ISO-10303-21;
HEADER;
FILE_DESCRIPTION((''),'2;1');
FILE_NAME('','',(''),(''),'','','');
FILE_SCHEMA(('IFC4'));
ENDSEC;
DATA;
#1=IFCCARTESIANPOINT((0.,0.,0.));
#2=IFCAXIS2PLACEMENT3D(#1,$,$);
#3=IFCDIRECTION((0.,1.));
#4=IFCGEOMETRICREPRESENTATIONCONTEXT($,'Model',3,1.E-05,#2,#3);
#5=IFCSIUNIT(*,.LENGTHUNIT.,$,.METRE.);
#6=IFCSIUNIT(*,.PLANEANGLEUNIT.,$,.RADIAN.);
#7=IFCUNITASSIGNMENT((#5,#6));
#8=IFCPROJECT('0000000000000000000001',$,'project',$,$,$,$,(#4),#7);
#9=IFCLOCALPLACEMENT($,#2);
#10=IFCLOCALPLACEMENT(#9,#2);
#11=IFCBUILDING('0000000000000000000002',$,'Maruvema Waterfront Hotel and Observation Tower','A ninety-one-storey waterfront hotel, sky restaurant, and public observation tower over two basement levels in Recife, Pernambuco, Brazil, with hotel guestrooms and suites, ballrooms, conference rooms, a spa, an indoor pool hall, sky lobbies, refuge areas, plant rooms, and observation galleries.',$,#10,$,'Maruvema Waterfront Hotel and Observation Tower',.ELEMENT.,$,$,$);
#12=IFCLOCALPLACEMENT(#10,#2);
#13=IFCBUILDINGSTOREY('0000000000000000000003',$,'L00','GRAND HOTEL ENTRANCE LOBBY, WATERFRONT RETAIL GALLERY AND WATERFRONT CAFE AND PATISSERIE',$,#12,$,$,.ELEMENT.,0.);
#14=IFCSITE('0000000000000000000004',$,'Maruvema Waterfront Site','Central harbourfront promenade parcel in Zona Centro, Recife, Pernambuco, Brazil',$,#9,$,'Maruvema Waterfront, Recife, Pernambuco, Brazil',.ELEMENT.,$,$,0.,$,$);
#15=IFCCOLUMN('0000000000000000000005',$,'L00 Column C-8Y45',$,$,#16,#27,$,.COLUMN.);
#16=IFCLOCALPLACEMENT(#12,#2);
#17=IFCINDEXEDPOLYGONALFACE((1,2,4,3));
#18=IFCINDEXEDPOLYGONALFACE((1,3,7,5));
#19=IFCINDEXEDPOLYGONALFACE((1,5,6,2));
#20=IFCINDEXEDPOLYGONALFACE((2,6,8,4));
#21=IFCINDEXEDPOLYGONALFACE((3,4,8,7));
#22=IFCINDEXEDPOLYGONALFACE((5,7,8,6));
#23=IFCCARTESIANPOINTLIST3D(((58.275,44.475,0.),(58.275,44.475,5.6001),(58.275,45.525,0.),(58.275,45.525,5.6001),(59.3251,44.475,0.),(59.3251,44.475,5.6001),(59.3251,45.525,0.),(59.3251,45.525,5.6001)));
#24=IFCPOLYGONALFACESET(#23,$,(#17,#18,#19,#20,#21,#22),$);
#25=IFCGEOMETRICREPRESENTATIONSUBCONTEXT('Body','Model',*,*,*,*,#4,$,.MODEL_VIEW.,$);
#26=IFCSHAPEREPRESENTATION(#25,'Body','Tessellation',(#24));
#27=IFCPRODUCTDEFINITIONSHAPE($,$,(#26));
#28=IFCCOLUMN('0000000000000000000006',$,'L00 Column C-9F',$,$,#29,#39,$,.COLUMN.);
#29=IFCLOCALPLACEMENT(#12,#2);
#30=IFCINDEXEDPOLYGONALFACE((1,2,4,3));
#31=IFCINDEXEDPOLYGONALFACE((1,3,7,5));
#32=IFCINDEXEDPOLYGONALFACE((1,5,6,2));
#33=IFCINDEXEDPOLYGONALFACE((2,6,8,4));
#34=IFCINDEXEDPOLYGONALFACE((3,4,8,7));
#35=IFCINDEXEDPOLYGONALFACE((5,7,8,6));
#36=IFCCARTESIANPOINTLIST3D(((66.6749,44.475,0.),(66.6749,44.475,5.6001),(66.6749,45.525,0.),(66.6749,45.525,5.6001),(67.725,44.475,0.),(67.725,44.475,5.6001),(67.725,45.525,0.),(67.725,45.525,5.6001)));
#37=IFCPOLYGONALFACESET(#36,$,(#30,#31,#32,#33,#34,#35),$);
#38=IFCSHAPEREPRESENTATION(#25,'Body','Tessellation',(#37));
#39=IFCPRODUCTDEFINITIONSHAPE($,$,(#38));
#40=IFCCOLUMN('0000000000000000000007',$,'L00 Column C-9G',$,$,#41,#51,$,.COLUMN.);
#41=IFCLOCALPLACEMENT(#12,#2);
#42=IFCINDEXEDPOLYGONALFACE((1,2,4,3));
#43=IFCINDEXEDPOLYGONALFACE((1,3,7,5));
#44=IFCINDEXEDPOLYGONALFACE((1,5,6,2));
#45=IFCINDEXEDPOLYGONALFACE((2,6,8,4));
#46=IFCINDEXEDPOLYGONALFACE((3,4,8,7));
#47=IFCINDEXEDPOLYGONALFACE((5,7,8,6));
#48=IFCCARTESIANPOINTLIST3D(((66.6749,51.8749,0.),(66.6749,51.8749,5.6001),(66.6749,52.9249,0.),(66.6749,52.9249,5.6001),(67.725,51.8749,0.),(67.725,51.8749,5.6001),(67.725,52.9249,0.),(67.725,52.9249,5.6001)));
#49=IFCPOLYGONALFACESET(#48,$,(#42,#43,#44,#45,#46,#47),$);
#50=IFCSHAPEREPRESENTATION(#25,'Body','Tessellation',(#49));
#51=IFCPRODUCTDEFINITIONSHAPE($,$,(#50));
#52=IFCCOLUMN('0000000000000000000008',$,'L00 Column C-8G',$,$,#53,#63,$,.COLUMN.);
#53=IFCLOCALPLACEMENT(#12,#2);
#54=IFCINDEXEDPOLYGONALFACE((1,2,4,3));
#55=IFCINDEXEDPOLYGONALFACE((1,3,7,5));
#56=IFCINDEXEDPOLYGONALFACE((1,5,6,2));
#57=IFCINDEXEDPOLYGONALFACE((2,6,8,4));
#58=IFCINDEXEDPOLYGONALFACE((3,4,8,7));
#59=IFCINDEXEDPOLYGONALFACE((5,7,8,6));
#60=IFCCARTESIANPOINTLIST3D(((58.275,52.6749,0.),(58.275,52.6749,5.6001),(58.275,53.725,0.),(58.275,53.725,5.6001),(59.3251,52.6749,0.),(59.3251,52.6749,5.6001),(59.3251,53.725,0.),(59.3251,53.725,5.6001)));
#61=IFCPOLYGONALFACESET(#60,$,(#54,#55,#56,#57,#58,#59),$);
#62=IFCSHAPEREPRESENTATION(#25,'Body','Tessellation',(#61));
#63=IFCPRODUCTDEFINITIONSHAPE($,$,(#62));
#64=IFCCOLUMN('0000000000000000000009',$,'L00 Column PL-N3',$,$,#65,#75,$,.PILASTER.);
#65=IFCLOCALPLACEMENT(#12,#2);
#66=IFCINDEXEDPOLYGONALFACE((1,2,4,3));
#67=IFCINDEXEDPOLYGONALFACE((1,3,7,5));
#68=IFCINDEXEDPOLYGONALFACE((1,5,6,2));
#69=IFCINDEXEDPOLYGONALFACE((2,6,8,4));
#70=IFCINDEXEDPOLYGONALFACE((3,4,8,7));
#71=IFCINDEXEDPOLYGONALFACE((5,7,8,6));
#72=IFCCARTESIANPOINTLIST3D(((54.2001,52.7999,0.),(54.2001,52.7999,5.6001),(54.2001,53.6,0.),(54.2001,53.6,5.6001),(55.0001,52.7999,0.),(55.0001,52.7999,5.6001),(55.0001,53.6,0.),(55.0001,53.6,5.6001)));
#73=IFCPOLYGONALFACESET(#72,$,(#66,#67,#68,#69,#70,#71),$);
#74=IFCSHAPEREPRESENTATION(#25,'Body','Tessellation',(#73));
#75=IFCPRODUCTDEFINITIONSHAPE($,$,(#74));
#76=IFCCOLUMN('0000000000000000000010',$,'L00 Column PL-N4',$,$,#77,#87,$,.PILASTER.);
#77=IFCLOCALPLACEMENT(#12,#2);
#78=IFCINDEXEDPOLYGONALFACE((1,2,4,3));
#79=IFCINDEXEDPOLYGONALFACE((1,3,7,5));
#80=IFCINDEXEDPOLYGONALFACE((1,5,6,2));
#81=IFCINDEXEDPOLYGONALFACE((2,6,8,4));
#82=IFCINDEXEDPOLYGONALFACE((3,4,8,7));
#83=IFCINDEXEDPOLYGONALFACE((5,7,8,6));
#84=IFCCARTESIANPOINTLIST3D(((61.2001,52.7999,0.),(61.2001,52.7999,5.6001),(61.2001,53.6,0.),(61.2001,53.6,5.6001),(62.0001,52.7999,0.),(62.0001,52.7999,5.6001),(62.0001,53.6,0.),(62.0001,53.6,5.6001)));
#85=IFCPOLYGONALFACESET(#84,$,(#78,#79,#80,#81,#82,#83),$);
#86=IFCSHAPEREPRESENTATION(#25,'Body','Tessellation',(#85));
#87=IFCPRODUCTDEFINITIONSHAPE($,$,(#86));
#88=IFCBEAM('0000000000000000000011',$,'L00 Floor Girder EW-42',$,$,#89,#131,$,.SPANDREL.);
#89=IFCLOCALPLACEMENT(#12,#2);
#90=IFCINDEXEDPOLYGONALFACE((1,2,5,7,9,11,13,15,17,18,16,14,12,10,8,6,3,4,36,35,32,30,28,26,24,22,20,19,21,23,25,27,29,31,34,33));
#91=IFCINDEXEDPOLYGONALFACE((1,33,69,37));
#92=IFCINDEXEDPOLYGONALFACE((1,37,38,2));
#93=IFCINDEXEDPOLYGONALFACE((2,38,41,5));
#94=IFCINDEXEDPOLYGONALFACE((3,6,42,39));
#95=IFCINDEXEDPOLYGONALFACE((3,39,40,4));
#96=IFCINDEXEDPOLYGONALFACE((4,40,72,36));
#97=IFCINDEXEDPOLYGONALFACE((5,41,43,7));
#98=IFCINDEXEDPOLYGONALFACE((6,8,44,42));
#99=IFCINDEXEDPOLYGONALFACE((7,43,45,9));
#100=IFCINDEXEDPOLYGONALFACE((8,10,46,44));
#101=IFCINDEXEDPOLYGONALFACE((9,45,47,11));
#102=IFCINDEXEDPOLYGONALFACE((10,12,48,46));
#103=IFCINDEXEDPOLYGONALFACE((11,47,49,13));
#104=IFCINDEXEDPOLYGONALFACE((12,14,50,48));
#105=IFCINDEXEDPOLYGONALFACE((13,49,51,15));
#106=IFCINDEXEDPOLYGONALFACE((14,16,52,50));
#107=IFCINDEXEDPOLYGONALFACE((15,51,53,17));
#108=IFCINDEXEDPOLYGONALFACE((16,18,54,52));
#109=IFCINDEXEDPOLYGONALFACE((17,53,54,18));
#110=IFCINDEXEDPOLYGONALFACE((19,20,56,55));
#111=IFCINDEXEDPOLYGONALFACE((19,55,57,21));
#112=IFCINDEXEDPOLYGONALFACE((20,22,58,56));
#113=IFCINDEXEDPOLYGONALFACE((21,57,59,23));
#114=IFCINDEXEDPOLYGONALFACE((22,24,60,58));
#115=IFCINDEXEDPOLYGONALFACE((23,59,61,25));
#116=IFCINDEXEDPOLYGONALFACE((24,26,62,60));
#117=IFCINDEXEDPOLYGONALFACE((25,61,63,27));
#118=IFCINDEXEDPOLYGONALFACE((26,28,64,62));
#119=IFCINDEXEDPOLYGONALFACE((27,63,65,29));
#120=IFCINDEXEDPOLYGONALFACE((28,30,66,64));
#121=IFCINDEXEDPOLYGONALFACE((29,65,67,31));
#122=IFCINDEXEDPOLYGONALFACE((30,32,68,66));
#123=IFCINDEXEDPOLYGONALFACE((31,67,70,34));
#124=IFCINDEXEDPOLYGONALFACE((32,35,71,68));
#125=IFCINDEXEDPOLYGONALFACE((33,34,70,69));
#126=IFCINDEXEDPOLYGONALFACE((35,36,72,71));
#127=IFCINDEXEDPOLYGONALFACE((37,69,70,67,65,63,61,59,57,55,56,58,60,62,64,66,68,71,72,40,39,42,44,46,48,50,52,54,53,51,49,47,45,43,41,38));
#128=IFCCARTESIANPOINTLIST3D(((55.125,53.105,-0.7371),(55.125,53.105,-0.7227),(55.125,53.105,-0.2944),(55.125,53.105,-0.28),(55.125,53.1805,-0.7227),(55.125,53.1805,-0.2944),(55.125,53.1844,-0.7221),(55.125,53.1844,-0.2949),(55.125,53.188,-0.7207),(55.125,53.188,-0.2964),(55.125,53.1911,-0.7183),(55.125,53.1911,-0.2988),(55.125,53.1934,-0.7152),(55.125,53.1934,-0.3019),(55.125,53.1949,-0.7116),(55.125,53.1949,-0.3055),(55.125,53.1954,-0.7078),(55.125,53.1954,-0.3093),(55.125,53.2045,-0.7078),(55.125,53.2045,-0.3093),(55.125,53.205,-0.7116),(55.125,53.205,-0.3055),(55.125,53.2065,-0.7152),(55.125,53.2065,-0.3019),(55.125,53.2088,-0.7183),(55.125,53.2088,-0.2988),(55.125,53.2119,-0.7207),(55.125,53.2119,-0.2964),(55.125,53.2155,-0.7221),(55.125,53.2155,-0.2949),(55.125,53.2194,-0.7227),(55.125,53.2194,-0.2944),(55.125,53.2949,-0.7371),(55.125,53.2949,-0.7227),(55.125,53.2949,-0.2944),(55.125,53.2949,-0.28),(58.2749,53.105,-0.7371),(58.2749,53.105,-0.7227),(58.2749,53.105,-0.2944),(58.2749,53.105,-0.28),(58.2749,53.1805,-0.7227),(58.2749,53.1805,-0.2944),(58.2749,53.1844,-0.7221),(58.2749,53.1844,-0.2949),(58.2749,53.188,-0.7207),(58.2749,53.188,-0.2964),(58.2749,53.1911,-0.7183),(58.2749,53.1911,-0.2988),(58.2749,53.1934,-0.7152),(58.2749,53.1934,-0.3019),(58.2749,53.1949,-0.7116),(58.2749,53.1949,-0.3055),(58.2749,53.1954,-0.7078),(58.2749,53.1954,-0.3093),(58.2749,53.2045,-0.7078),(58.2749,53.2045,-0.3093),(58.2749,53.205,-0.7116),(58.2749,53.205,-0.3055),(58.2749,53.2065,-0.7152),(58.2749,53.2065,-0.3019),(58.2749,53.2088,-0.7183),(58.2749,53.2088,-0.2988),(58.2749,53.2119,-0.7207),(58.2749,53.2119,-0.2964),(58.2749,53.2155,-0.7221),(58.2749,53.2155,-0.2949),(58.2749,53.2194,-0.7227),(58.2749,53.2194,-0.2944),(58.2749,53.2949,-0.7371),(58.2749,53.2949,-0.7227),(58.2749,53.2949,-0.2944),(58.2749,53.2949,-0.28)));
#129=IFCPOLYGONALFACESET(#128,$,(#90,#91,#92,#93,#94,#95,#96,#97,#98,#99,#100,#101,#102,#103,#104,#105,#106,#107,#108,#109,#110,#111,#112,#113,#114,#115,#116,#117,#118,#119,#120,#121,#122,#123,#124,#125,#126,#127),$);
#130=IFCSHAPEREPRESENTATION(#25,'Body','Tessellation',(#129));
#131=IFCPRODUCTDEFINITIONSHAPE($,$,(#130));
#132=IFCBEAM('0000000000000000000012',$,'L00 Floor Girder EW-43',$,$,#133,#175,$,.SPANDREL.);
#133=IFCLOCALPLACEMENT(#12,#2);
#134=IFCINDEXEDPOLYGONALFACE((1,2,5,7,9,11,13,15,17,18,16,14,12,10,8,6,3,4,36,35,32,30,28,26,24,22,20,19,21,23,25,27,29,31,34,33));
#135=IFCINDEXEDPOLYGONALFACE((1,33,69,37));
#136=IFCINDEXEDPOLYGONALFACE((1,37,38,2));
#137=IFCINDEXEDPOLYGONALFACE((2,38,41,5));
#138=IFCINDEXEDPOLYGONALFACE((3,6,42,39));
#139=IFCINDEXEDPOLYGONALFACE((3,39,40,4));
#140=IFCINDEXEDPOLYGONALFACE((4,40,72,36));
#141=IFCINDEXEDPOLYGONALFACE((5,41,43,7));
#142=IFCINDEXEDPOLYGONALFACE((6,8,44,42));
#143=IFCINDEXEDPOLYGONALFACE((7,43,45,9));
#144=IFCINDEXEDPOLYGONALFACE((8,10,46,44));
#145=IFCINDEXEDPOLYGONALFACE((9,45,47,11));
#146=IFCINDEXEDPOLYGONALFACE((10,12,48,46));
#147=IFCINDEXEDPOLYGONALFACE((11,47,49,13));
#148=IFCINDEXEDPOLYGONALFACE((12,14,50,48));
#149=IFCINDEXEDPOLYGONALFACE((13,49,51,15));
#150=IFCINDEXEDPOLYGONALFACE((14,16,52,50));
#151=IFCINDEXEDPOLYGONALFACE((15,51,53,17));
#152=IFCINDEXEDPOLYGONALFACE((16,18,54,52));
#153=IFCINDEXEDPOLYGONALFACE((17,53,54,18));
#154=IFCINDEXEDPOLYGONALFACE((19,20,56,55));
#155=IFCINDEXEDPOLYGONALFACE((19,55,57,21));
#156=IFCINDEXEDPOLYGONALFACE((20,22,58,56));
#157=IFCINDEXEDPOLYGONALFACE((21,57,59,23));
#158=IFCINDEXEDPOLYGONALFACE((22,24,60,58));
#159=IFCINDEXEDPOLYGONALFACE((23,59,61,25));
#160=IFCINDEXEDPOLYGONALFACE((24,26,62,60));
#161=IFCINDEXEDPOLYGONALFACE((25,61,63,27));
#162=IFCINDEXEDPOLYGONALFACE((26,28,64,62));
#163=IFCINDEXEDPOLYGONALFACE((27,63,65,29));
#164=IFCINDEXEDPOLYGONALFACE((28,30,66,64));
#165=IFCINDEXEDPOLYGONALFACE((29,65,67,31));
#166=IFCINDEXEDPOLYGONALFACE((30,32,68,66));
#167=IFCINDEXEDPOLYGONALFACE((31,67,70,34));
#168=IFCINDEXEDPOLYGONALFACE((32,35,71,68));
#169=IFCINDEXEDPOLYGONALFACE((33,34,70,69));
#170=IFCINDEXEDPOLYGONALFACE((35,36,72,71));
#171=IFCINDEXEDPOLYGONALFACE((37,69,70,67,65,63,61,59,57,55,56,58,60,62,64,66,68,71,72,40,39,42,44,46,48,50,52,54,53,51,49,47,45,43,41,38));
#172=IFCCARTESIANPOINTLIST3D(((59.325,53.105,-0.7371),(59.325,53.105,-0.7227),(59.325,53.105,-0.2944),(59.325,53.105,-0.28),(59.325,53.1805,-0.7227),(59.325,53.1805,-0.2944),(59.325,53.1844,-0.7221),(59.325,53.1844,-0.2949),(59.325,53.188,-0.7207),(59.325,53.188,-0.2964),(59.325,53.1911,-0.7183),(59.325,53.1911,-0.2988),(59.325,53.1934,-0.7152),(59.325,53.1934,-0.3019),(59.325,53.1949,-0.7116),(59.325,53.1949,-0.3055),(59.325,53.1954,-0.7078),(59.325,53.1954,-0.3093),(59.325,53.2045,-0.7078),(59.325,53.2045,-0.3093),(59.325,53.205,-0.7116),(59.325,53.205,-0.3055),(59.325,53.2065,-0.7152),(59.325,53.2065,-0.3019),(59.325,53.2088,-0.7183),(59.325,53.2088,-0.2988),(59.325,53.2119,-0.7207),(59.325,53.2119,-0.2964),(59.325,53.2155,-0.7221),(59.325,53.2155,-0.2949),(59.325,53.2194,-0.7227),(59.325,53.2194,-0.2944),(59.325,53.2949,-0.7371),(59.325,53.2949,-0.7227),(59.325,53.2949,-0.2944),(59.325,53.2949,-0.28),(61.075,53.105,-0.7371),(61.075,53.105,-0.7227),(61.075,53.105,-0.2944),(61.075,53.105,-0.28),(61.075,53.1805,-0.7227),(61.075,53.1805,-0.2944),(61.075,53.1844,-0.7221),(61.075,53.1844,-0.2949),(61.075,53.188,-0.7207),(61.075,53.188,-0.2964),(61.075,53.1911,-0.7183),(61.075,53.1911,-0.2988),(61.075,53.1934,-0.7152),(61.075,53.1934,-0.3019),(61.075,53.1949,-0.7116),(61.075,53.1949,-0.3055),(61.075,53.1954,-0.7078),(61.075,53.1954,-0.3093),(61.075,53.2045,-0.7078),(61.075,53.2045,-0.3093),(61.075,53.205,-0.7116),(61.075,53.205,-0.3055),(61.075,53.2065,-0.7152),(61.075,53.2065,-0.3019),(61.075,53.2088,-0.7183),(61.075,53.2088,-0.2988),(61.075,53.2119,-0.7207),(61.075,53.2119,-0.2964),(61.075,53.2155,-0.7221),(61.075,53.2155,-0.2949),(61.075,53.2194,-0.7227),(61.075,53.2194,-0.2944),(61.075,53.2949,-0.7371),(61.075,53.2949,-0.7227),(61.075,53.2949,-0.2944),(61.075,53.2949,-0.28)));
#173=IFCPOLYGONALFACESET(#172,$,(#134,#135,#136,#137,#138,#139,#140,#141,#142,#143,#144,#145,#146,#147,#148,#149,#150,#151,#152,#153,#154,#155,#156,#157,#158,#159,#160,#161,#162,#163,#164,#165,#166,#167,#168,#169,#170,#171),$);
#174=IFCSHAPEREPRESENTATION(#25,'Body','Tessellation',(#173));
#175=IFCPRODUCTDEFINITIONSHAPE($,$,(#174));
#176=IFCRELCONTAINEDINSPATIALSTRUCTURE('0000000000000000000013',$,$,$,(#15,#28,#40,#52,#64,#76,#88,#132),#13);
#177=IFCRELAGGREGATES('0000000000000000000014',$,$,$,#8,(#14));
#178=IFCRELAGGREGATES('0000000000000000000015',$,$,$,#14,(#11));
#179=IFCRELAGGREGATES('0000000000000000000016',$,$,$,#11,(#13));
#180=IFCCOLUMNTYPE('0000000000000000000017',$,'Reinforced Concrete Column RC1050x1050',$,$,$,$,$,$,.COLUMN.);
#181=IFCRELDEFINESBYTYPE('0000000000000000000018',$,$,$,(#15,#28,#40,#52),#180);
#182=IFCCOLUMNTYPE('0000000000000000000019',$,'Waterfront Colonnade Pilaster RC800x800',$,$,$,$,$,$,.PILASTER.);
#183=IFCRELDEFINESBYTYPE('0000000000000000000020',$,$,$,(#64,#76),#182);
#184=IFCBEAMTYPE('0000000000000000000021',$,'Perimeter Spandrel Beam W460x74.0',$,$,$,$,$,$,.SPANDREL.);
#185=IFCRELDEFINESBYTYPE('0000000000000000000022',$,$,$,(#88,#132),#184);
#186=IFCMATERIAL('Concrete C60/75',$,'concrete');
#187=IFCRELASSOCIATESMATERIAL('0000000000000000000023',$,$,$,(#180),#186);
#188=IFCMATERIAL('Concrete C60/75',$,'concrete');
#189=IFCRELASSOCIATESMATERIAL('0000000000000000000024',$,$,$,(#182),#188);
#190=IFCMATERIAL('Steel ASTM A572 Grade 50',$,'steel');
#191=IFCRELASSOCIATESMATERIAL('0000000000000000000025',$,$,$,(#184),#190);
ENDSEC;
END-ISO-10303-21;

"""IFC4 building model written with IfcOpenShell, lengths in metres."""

from ifc_helpers import new_model, si_unit, direction, frame, origin, origin_2d, place, context, subcontext, project, spatial, rectangle, i_section, extrude, material, material_profile, profile_set, type_object, element, save


model = new_model("IFC4")

# Units and contexts
model_context = context("Model", 3, precision=1e-05, world=origin(), true_north=direction((0.0, 1.0)))
body_context = subcontext(model_context, "Body", "Model", "MODEL_VIEW")
ifc_project = project(units=[si_unit("LENGTHUNIT", "METRE"), si_unit("PLANEANGLEUNIT", "RADIAN")], contexts=[model_context])

# Site, building, storey
site_placement = place(None, origin())
site = spatial("IfcSite", under=ifc_project, at=site_placement, Name="Maruvema Waterfront Site", Description="Central harbourfront promenade parcel in Zona Centro, Recife, Pernambuco, Brazil", LongName="Maruvema Waterfront, Recife, Pernambuco, Brazil", CompositionType="ELEMENT", RefElevation=0.0)
building_placement = place(site_placement, origin())
building = spatial("IfcBuilding", under=site, at=building_placement, Name="Maruvema Waterfront Hotel and Observation Tower", Description="A ninety-one-storey waterfront hotel, sky restaurant, and public observation tower over two basement levels in Recife, Pernambuco, Brazil, with hotel guestrooms and suites, ballrooms, conference rooms, a spa, an indoor pool hall, sky lobbies, refuge areas, plant rooms, and observation galleries.", LongName="Maruvema Waterfront Hotel and Observation Tower", CompositionType="ELEMENT")
storey_placement = place(building_placement, origin())
storey = spatial("IfcBuildingStorey", under=building, at=storey_placement, Name="L00", Description="GRAND HOTEL ENTRANCE LOBBY, WATERFRONT RETAIL GALLERY AND WATERFRONT CAFE AND PATISSERIE", CompositionType="ELEMENT", Elevation=0.0)

# Columns
ifc_material_1 = material(Name="Concrete C60/75", Category="concrete")
ifc_material_profile_1 = material_profile(ifc_material_1, rectangle(XDim=1.05, YDim=1.05, at=origin_2d()), Name="RC1050x1050")
ifc_profile_set_1 = profile_set([ifc_material_profile_1], Name="Concrete C60/75")
column_type_1 = type_object("IfcColumnType", Name="Reinforced Concrete Column RC1050x1050", PredefinedType="COLUMN", material=ifc_profile_set_1)
for number, where, z_axis, x_axis, name in (
    (1, (58.8, 45.0, 0.0), (0.0, 0.0, 1.0), (1.0, 0.0, 0.0), "L00 Column C-8Y45"),
    (2, (67.2, 45.0, 0.0), (0.0, 0.0, 1.0), (1.0, 0.0, 0.0), "L00 Column C-9F"),
    (3, (67.2, 52.3999, 0.0), (0.0, 0.0, 1.0), (1.0, 0.0, 0.0), "L00 Column C-9G"),
    (4, (58.8, 53.2, 0.0), (0.0, 0.0, 1.0), (1.0, 0.0, 0.0), "L00 Column C-8G"),
):
    element("IfcColumn", number, at=place(storey_placement, frame(where, z_axis=z_axis, x_axis=x_axis)), inside=storey, type_object=column_type_1, Name=name, PredefinedType="COLUMN", context=body_context, shape_type="SweptSolid", body=[
        extrude(rectangle(XDim=1.05, YDim=1.05, at=origin_2d()), origin(), (0.0, 0.0, 1.0), 5.6001),
    ])
ifc_material_2 = material(Name="Concrete C60/75", Category="concrete")
ifc_material_profile_2 = material_profile(ifc_material_2, rectangle(XDim=0.8, YDim=0.8, at=origin_2d()), Name="RC800x800")
ifc_profile_set_2 = profile_set([ifc_material_profile_2], Name="Concrete C60/75")
column_type_2 = type_object("IfcColumnType", Name="Waterfront Colonnade Pilaster RC800x800", PredefinedType="PILASTER", material=ifc_profile_set_2)
for number, where, z_axis, x_axis, name in (
    (5, (54.6001, 53.2, 0.0), (0.0, 0.0, 1.0), (1.0, 0.0, 0.0), "L00 Column PL-N3"),
    (6, (61.6001, 53.2, 0.0), (0.0, 0.0, 1.0), (1.0, 0.0, 0.0), "L00 Column PL-N4"),
):
    element("IfcColumn", number, at=place(storey_placement, frame(where, z_axis=z_axis, x_axis=x_axis)), inside=storey, type_object=column_type_2, Name=name, PredefinedType="PILASTER", context=body_context, shape_type="SweptSolid", body=[
        extrude(rectangle(XDim=0.8, YDim=0.8, at=origin_2d()), origin(), (0.0, 0.0, 1.0), 5.6001),
    ])

# Beams
ifc_material_3 = material(Name="Steel ASTM A572 Grade 50", Category="steel")
ifc_material_profile_3 = material_profile(ifc_material_3, i_section(OverallWidth=0.1899, OverallDepth=0.457, WebThickness=0.009, FlangeThickness=0.0144, FilletRadius=0.0149, at=origin_2d()), Name="W460x74.0")
ifc_profile_set_3 = profile_set([ifc_material_profile_3], Name="Steel ASTM A572 Grade 50")
beam_type_1 = type_object("IfcBeamType", Name="Perimeter Spandrel Beam W460x74.0", PredefinedType="SPANDREL", material=ifc_profile_set_3)
beam_1_placement = place(storey_placement, frame((55.125, 53.2, -0.5085), z_axis=(1.0, 0.0, 0.0), x_axis=(0.0, 1.0, 0.0)))
element("IfcBeam", 7, at=beam_1_placement, inside=storey, type_object=beam_type_1, Name="L00 Floor Girder EW-42", PredefinedType="SPANDREL", context=body_context, shape_type="SweptSolid", body=[
    extrude(i_section(OverallWidth=0.1899, OverallDepth=0.457, WebThickness=0.009, FlangeThickness=0.0144, FilletRadius=0.0149, at=origin_2d()), origin(), (0.0, 0.0, 1.0), 3.1499),
])
beam_2_placement = place(storey_placement, frame((59.325, 53.2, -0.5085), z_axis=(1.0, 0.0, 0.0), x_axis=(0.0, 1.0, 0.0)))
element("IfcBeam", 8, at=beam_2_placement, inside=storey, type_object=beam_type_1, Name="L00 Floor Girder EW-43", PredefinedType="SPANDREL", context=body_context, shape_type="SweptSolid", body=[
    extrude(i_section(OverallWidth=0.1899, OverallDepth=0.457, WebThickness=0.009, FlangeThickness=0.0144, FilletRadius=0.0149, at=origin_2d()), origin(), (0.0, 0.0, 1.0), 1.75),
])

save(model, "model.ifc")
